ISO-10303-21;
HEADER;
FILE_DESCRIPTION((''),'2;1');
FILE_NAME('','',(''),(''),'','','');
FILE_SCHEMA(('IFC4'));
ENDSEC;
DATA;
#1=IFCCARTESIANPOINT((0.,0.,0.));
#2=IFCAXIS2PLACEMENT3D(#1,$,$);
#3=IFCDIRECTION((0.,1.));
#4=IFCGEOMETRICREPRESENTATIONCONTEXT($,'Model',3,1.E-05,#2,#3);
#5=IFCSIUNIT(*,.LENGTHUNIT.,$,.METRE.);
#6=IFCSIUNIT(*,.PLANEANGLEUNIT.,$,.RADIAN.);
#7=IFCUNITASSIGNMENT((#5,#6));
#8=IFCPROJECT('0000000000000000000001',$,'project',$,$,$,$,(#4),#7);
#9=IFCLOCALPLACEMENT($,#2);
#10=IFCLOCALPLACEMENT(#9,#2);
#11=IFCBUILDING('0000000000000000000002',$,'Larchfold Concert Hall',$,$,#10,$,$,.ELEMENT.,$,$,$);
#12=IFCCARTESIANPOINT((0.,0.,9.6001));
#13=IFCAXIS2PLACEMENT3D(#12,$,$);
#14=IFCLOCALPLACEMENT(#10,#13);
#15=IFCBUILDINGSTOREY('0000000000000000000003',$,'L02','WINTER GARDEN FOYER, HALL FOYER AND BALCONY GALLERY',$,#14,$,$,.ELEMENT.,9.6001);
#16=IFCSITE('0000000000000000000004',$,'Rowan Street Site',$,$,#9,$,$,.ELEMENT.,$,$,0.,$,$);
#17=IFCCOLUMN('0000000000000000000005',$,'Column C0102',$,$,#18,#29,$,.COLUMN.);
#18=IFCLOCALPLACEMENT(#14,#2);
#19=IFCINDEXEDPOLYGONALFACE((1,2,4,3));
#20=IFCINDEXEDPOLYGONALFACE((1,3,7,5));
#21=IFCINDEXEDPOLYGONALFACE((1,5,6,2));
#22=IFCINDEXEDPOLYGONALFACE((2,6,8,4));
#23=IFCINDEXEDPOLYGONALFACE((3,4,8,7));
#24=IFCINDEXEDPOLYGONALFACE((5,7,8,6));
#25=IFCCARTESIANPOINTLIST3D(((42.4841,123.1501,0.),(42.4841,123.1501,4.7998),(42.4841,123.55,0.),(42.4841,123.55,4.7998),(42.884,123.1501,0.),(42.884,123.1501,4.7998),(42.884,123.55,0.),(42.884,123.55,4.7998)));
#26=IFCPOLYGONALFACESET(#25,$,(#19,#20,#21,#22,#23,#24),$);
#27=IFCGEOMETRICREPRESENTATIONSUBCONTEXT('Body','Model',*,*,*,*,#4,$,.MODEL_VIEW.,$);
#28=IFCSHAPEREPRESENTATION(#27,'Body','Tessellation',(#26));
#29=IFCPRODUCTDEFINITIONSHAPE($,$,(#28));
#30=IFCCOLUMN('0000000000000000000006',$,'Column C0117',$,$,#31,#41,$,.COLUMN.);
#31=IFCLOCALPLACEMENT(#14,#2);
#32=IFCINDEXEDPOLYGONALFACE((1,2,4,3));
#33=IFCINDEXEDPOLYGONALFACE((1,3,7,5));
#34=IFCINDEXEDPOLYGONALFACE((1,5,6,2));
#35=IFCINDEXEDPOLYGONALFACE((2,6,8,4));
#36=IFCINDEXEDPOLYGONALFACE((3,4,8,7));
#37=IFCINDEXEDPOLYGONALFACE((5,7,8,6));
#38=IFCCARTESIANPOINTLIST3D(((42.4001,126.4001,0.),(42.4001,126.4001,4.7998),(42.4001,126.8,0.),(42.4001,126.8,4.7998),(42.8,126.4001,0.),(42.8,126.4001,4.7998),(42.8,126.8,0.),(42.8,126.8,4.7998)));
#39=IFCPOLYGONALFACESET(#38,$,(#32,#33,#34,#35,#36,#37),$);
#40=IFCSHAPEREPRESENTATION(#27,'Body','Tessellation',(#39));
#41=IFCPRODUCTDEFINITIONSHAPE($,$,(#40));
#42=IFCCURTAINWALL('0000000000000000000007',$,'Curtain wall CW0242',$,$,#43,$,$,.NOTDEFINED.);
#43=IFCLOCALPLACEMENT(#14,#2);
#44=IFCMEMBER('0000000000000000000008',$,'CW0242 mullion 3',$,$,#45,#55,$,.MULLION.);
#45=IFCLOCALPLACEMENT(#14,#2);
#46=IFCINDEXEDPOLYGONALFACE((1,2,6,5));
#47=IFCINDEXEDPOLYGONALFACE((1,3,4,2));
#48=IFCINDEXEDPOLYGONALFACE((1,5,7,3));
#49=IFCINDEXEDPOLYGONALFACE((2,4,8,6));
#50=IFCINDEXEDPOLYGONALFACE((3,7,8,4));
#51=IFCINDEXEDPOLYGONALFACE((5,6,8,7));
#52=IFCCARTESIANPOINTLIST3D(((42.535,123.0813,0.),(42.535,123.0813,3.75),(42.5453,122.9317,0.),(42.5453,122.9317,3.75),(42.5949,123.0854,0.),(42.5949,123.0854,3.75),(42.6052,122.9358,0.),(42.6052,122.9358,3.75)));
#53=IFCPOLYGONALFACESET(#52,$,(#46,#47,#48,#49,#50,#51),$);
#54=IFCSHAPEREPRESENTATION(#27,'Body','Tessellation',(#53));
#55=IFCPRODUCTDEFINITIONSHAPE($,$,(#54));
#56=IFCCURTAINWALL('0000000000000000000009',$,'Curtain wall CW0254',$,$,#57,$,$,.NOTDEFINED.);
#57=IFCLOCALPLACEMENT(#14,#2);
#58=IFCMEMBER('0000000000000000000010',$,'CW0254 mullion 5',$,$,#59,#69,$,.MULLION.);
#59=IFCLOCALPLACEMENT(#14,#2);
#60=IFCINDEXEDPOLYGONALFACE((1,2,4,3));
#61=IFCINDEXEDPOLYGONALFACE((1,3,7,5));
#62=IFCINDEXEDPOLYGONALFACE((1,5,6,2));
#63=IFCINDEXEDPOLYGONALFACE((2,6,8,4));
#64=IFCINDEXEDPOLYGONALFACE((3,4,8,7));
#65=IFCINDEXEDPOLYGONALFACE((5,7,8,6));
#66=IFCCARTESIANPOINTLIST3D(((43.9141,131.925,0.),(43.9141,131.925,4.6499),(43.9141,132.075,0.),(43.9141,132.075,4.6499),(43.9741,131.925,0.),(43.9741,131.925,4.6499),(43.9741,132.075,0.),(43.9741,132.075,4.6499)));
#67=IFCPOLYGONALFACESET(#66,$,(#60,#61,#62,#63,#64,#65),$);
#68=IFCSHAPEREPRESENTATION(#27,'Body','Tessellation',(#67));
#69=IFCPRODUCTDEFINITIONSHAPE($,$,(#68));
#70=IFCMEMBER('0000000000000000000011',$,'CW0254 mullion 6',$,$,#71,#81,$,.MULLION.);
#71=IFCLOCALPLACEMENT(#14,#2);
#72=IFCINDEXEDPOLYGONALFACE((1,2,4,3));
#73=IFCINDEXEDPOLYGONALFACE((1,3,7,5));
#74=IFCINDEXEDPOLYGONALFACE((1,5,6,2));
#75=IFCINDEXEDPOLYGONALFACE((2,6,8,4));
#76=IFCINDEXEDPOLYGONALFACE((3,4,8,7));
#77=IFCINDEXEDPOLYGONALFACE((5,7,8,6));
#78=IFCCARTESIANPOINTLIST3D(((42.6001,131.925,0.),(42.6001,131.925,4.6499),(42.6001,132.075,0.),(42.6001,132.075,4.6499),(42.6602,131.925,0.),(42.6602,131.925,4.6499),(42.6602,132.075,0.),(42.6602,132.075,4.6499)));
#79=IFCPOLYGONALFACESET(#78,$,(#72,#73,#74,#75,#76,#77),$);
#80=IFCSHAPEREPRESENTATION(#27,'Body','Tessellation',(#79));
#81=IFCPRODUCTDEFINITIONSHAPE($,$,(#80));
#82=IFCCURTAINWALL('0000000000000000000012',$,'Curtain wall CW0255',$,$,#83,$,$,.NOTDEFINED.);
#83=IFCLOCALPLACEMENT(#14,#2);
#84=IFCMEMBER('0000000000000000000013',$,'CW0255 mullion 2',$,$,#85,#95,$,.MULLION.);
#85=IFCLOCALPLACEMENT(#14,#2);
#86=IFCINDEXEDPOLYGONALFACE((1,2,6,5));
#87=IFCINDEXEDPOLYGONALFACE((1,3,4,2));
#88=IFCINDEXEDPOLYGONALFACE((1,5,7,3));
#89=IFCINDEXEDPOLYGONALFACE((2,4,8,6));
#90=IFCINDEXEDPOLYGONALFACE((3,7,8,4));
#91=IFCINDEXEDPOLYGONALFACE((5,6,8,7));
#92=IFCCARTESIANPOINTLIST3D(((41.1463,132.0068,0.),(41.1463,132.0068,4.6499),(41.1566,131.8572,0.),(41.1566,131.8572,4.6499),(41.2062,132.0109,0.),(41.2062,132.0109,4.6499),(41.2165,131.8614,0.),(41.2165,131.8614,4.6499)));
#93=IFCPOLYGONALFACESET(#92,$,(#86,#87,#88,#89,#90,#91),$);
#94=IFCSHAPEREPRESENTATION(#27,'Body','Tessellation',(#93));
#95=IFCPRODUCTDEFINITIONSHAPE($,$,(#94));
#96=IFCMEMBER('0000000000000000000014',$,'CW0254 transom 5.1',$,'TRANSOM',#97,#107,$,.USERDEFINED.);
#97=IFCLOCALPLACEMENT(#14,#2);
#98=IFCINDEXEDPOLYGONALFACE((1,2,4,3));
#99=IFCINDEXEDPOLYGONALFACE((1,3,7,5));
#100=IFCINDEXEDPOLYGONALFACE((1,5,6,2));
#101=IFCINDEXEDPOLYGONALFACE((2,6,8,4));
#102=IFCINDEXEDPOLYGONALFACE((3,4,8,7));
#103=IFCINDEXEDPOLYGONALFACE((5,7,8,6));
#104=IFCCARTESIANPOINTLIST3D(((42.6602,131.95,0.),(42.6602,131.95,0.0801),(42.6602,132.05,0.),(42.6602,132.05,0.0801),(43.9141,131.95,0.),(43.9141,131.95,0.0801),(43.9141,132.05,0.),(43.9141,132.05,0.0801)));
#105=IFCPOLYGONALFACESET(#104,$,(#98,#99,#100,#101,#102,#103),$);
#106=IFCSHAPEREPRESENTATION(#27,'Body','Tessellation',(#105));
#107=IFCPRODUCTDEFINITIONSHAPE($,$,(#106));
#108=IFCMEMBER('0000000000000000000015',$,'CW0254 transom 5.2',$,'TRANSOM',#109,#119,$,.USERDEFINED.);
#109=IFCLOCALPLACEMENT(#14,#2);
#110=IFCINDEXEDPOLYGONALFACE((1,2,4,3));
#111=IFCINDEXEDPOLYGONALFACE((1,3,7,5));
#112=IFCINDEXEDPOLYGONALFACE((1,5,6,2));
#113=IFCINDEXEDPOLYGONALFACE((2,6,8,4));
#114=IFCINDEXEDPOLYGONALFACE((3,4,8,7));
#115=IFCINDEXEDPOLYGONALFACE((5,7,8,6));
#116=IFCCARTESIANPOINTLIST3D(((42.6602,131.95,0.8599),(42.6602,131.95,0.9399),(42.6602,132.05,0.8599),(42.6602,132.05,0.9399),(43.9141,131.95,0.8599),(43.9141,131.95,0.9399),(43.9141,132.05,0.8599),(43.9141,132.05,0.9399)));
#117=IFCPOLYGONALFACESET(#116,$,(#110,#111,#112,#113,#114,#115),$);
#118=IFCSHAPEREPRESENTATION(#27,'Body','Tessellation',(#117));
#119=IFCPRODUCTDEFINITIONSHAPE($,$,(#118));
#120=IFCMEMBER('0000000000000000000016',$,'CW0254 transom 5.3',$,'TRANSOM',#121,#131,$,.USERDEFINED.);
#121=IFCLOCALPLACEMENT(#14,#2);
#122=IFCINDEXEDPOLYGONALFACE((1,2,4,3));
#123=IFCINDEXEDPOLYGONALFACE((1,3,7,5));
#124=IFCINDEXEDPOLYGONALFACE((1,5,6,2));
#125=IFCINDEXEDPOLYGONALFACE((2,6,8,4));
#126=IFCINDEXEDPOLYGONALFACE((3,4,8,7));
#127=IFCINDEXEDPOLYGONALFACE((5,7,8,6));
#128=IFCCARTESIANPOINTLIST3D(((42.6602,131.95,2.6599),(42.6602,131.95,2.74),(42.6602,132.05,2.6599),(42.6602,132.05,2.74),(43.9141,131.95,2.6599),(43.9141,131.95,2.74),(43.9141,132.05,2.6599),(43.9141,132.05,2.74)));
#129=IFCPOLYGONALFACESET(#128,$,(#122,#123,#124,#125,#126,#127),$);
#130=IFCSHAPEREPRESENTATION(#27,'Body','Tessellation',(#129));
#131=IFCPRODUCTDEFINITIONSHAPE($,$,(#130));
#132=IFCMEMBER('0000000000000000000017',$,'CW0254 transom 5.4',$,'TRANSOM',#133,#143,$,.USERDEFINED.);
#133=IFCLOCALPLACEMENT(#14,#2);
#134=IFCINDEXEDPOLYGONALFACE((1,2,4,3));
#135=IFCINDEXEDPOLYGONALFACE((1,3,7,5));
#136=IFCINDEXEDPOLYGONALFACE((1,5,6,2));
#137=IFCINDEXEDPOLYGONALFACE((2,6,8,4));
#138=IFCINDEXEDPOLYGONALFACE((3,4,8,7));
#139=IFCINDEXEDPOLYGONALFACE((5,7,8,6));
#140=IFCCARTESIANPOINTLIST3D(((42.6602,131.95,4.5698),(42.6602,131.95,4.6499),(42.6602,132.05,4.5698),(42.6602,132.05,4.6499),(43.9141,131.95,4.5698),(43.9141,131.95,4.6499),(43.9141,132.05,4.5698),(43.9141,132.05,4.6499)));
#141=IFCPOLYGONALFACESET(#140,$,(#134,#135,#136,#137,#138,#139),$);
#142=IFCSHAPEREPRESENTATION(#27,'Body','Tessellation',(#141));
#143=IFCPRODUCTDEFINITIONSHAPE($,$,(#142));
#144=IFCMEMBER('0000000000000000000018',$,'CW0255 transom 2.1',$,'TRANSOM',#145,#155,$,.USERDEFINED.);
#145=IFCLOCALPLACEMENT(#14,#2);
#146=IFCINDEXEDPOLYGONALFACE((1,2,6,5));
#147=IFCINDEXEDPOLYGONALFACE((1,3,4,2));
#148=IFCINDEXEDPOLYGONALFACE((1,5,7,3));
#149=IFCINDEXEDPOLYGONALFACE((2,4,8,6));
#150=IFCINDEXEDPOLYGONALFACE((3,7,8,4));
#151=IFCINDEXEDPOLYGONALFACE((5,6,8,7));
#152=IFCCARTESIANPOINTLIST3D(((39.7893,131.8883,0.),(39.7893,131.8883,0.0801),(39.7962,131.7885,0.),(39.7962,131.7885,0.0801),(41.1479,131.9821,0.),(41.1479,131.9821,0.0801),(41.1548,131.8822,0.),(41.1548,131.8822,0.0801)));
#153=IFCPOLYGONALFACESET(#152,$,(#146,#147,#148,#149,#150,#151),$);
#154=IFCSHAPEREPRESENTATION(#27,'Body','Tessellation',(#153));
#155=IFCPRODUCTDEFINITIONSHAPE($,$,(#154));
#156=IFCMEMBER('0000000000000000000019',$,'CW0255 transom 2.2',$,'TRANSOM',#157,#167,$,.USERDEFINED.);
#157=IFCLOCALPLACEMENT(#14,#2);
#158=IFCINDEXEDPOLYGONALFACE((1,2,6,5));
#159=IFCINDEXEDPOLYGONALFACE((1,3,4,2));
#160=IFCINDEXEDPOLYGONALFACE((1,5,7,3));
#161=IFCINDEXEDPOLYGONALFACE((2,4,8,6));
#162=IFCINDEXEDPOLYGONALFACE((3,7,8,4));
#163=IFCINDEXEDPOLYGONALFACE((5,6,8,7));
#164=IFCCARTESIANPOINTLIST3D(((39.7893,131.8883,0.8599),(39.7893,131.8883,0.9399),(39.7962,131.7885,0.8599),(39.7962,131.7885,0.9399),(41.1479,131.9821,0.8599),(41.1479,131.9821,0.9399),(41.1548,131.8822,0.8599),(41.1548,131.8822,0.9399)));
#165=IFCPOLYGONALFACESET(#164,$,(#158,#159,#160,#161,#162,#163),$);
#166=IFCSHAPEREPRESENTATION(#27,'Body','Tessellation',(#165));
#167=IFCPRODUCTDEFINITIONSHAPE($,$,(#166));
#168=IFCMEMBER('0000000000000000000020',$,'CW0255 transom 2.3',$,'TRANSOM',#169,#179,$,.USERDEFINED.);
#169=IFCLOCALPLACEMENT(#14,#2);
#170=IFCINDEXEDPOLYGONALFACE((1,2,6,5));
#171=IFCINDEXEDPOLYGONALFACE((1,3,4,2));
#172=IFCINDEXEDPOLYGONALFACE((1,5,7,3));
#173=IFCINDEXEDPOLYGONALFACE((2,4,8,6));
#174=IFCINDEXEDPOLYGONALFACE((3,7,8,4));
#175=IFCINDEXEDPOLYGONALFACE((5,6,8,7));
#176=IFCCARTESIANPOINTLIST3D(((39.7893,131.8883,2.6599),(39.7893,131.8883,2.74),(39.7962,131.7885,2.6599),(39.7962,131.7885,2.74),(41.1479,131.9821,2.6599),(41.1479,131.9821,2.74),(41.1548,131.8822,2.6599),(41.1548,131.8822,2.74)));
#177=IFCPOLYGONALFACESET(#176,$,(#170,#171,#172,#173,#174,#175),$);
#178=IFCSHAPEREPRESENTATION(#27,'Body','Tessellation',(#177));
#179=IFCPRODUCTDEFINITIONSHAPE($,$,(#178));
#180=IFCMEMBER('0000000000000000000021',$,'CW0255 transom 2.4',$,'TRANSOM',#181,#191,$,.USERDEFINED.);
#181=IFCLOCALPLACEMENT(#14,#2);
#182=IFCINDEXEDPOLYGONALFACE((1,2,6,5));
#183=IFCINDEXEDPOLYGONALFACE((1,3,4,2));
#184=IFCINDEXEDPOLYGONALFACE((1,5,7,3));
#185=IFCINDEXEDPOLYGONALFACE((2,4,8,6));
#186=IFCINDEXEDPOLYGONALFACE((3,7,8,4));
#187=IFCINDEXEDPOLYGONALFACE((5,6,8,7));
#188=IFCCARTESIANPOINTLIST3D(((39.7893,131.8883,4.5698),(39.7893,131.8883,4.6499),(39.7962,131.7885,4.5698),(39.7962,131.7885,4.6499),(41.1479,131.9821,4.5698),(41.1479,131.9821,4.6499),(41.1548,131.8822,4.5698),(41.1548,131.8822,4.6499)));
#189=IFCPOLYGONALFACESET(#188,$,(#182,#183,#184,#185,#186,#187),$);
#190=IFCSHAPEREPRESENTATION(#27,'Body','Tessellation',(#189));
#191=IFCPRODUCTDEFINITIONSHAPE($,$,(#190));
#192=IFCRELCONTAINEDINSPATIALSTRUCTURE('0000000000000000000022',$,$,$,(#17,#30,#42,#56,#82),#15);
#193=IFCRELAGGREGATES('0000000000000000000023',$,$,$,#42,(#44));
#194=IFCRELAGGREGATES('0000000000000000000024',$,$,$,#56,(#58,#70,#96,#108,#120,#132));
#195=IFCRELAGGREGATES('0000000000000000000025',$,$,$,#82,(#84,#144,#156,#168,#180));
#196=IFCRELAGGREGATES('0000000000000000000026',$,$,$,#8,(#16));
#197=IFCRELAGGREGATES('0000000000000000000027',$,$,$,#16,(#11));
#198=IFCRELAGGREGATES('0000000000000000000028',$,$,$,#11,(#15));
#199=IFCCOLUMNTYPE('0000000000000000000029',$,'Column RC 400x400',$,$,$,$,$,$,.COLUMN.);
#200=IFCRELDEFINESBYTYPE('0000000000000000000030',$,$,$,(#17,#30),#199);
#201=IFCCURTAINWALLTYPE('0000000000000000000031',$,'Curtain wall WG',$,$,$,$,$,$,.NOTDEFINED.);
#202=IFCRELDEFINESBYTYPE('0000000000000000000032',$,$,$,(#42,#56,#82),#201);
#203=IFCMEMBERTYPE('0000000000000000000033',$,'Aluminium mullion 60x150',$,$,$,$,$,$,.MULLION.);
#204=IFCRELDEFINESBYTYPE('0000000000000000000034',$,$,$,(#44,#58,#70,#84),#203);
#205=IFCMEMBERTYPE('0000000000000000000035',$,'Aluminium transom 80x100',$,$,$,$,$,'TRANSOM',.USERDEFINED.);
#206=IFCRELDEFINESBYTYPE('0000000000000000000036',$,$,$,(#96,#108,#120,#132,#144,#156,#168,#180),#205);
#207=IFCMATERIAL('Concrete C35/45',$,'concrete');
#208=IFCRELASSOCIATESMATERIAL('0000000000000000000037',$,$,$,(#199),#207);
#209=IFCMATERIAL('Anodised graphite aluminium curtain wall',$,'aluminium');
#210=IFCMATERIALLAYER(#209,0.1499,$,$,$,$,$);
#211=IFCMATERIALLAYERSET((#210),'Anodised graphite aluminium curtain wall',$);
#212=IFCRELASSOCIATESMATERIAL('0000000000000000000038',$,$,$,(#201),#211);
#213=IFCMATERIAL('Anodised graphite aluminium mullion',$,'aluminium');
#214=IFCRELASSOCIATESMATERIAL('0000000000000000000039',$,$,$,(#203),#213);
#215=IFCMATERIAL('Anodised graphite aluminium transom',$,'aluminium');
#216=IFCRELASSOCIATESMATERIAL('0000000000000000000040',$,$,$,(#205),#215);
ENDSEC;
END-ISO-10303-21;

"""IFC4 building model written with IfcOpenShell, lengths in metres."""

from ifc_helpers import new_model, si_unit, direction, frame, origin, origin_2d, place, context, subcontext, project, spatial, rectangle, extrude, material, layer, layer_set, material_profile, profile_set, type_object, element, aggregate, save


model = new_model("IFC4")

# Units and contexts
model_context = context("Model", 3, precision=1e-05, world=origin(), true_north=direction((0.0, 1.0)))
body_context = subcontext(model_context, "Body", "Model", "MODEL_VIEW")
ifc_project = project(units=[si_unit("LENGTHUNIT", "METRE"), si_unit("PLANEANGLEUNIT", "RADIAN")], contexts=[model_context])

# Site, building, storey
site_placement = place(None, origin())
site = spatial("IfcSite", under=ifc_project, at=site_placement, Name="Rowan Street Site", CompositionType="ELEMENT", RefElevation=0.0)
building_placement = place(site_placement, origin())
building = spatial("IfcBuilding", under=site, at=building_placement, Name="Larchfold Concert Hall", CompositionType="ELEMENT")
storey_placement = place(building_placement, frame((0.0, 0.0, 9.6001)))
storey = spatial("IfcBuildingStorey", under=building, at=storey_placement, Name="L02", Description="WINTER GARDEN FOYER, HALL FOYER AND BALCONY GALLERY", CompositionType="ELEMENT", Elevation=9.6001)

# Columns
ifc_material_1 = material(Name="Concrete C35/45", Category="concrete")
ifc_material_profile_1 = material_profile(ifc_material_1, rectangle(XDim=0.3999, YDim=0.3999, at=origin_2d()))
ifc_profile_set_1 = profile_set([ifc_material_profile_1], Name="Concrete C35/45")
column_type = type_object("IfcColumnType", Name="Column RC 400x400", PredefinedType="COLUMN", material=ifc_profile_set_1)
for number, where, z_axis, x_axis, name in (
    (1, (42.6841, 123.3501, 0.0), (0.0, 0.0, 1.0), (1.0, 0.0, 0.0), "Column C0102"),
    (2, (42.6001, 126.6001, 0.0), (0.0, 0.0, 1.0), (1.0, 0.0, 0.0), "Column C0117"),
):
    element("IfcColumn", number, at=place(storey_placement, frame(where, z_axis=z_axis, x_axis=x_axis)), inside=storey, type_object=column_type, Name=name, PredefinedType="COLUMN", context=body_context, shape_type="SweptSolid", body=[
        extrude(rectangle(XDim=0.3999, YDim=0.3999, at=origin_2d()), origin(), (0.0, 0.0, 1.0), 4.7998),
    ])

# Curtain wall, member
ifc_material_2 = material(Name="Anodised graphite aluminium curtain wall", Category="aluminium")
ifc_layer_1 = layer(ifc_material_2, 0.1499)
ifc_layer_set_1 = layer_set([ifc_layer_1], Name="Anodised graphite aluminium curtain wall")
curtain_wall_type = type_object("IfcCurtainWallType", Name="Curtain wall WG", PredefinedType="NOTDEFINED", material=ifc_layer_set_1)
curtain_wall_1_placement = place(storey_placement, origin())
curtain_wall_1 = element("IfcCurtainWall", 3, at=curtain_wall_1_placement, inside=storey, type_object=curtain_wall_type, Name="Curtain wall CW0242", PredefinedType="NOTDEFINED")
ifc_material_3 = material(Name="Anodised graphite aluminium mullion", Category="aluminium")
ifc_material_profile_2 = material_profile(ifc_material_3, rectangle(XDim=0.1499, YDim=0.0601, at=origin_2d()))
ifc_profile_set_2 = profile_set([ifc_material_profile_2], Name="Anodised graphite aluminium mullion")
member_type_1 = type_object("IfcMemberType", Name="Aluminium mullion 60x150", PredefinedType="MULLION", material=ifc_profile_set_2)
member_1_placement = place(storey_placement, frame((42.5701, 123.0085, 0.0), z_axis=(0.0, 0.0, 1.0), x_axis=(-0.068708, 0.997637, 0.0)))
member_1 = element("IfcMember", 4, at=member_1_placement, type_object=member_type_1, Name="CW0242 mullion 3", PredefinedType="MULLION", context=body_context, shape_type="SweptSolid", body=[
    extrude(rectangle(XDim=0.1499, YDim=0.0601, at=origin_2d()), origin(), (0.0, 0.0, 1.0), 3.75),
])
aggregate(curtain_wall_1, [member_1])

# Curtain wall, members
curtain_wall_2_placement = place(storey_placement, origin())
curtain_wall_2 = element("IfcCurtainWall", 5, at=curtain_wall_2_placement, inside=storey, type_object=curtain_wall_type, Name="Curtain wall CW0254", PredefinedType="NOTDEFINED")
member_2_placement = place(storey_placement, frame((43.9441, 132.0, 0.0), z_axis=(0.0, 0.0, 1.0), x_axis=(0.0, -1.0, 0.0)))
member_2 = element("IfcMember", 6, at=member_2_placement, type_object=member_type_1, Name="CW0254 mullion 5", PredefinedType="MULLION", context=body_context, shape_type="SweptSolid", body=[
    extrude(rectangle(XDim=0.1499, YDim=0.0601, at=origin_2d()), origin(), (0.0, 0.0, 1.0), 4.6499),
])
member_3_placement = place(storey_placement, frame((42.6301, 132.0, 0.0), z_axis=(0.0, 0.0, 1.0), x_axis=(0.0, -1.0, 0.0)))
member_3 = element("IfcMember", 7, at=member_3_placement, type_object=member_type_1, Name="CW0254 mullion 6", PredefinedType="MULLION", context=body_context, shape_type="SweptSolid", body=[
    extrude(rectangle(XDim=0.1499, YDim=0.0601, at=origin_2d()), origin(), (0.0, 0.0, 1.0), 4.6499),
])

# Curtain wall, member
curtain_wall_3_placement = place(storey_placement, origin())
curtain_wall_3 = element("IfcCurtainWall", 8, at=curtain_wall_3_placement, inside=storey, type_object=curtain_wall_type, Name="Curtain wall CW0255", PredefinedType="NOTDEFINED")
member_4_placement = place(storey_placement, frame((41.1814, 131.9341, 0.0), z_axis=(0.0, 0.0, 1.0), x_axis=(0.068786, -0.997631, 0.0)))
member_4 = element("IfcMember", 9, at=member_4_placement, type_object=member_type_1, Name="CW0255 mullion 2", PredefinedType="MULLION", context=body_context, shape_type="SweptSolid", body=[
    extrude(rectangle(XDim=0.1499, YDim=0.0601, at=origin_2d()), origin(), (0.0, 0.0, 1.0), 4.6499),
])

# Members
ifc_material_4 = material(Name="Anodised graphite aluminium transom", Category="aluminium")
ifc_material_profile_3 = material_profile(ifc_material_4, rectangle(XDim=0.1001, YDim=0.0801, at=origin_2d()))
ifc_profile_set_3 = profile_set([ifc_material_profile_3], Name="Anodised graphite aluminium transom")
member_type_2 = type_object("IfcMemberType", Name="Aluminium transom 80x100", ElementType="TRANSOM", PredefinedType="USERDEFINED", material=ifc_profile_set_3)
member_5_placement = place(storey_placement, frame((43.9141, 132.0, 0.04), z_axis=(-1.0, 0.0, 0.0), x_axis=(0.0, -1.0, 0.0)))
member_5 = element("IfcMember", 10, at=member_5_placement, type_object=member_type_2, Name="CW0254 transom 5.1", ObjectType="TRANSOM", PredefinedType="USERDEFINED", context=body_context, shape_type="SweptSolid", body=[
    extrude(rectangle(XDim=0.1001, YDim=0.0801, at=origin_2d()), origin(), (0.0, 0.0, 1.0), 1.2539),
])
member_6_placement = place(storey_placement, frame((43.9141, 132.0, 0.8999), z_axis=(-1.0, 0.0, 0.0), x_axis=(0.0, -1.0, 0.0)))
member_6 = element("IfcMember", 11, at=member_6_placement, type_object=member_type_2, Name="CW0254 transom 5.2", ObjectType="TRANSOM", PredefinedType="USERDEFINED", context=body_context, shape_type="SweptSolid", body=[
    extrude(rectangle(XDim=0.1001, YDim=0.0801, at=origin_2d()), origin(), (0.0, 0.0, 1.0), 1.2539),
])
member_7_placement = place(storey_placement, frame((43.9141, 132.0, 2.7), z_axis=(-1.0, 0.0, 0.0), x_axis=(0.0, -1.0, 0.0)))
member_7 = element("IfcMember", 12, at=member_7_placement, type_object=member_type_2, Name="CW0254 transom 5.3", ObjectType="TRANSOM", PredefinedType="USERDEFINED", context=body_context, shape_type="SweptSolid", body=[
    extrude(rectangle(XDim=0.1001, YDim=0.0801, at=origin_2d()), origin(), (0.0, 0.0, 1.0), 1.2539),
])
member_8_placement = place(storey_placement, frame((43.9141, 132.0, 4.6099), z_axis=(-1.0, 0.0, 0.0), x_axis=(0.0, -1.0, 0.0)))
member_8 = element("IfcMember", 13, at=member_8_placement, type_object=member_type_2, Name="CW0254 transom 5.4", ObjectType="TRANSOM", PredefinedType="USERDEFINED", context=body_context, shape_type="SweptSolid", body=[
    extrude(rectangle(XDim=0.1001, YDim=0.0801, at=origin_2d()), origin(), (0.0, 0.0, 1.0), 1.2539),
])
member_9_placement = place(storey_placement, frame((41.1514, 131.9321, 0.04), z_axis=(-0.997628, -0.068839, 0.0), x_axis=(0.068839, -0.997628, 0.0)))
member_9 = element("IfcMember", 14, at=member_9_placement, type_object=member_type_2, Name="CW0255 transom 2.1", ObjectType="TRANSOM", PredefinedType="USERDEFINED", context=body_context, shape_type="SweptSolid", body=[
    extrude(rectangle(XDim=0.1001, YDim=0.0801, at=origin_2d()), origin(), (0.0, 0.0, 1.0), 1.3618),
])
member_10_placement = place(storey_placement, frame((41.1514, 131.9321, 0.8999), z_axis=(-0.997628, -0.068839, 0.0), x_axis=(0.068839, -0.997628, 0.0)))
member_10 = element("IfcMember", 15, at=member_10_placement, type_object=member_type_2, Name="CW0255 transom 2.2", ObjectType="TRANSOM", PredefinedType="USERDEFINED", context=body_context, shape_type="SweptSolid", body=[
    extrude(rectangle(XDim=0.1001, YDim=0.0801, at=origin_2d()), origin(), (0.0, 0.0, 1.0), 1.3618),
])
member_11_placement = place(storey_placement, frame((41.1514, 131.9321, 2.7), z_axis=(-0.997628, -0.068839, 0.0), x_axis=(0.068839, -0.997628, 0.0)))
member_11 = element("IfcMember", 16, at=member_11_placement, type_object=member_type_2, Name="CW0255 transom 2.3", ObjectType="TRANSOM", PredefinedType="USERDEFINED", context=body_context, shape_type="SweptSolid", body=[
    extrude(rectangle(XDim=0.1001, YDim=0.0801, at=origin_2d()), origin(), (0.0, 0.0, 1.0), 1.3618),
])
member_12_placement = place(storey_placement, frame((41.1514, 131.9321, 4.6099), z_axis=(-0.997628, -0.068839, 0.0), x_axis=(0.068839, -0.997628, 0.0)))
member_12 = element("IfcMember", 17, at=member_12_placement, type_object=member_type_2, Name="CW0255 transom 2.4", ObjectType="TRANSOM", PredefinedType="USERDEFINED", context=body_context, shape_type="SweptSolid", body=[
    extrude(rectangle(XDim=0.1001, YDim=0.0801, at=origin_2d()), origin(), (0.0, 0.0, 1.0), 1.3618),
])

aggregate(curtain_wall_2, [member_2, member_3, member_5, member_6, member_7, member_8])
aggregate(curtain_wall_3, [member_4, member_9, member_10, member_11, member_12])

save(model, "model.ifc")
